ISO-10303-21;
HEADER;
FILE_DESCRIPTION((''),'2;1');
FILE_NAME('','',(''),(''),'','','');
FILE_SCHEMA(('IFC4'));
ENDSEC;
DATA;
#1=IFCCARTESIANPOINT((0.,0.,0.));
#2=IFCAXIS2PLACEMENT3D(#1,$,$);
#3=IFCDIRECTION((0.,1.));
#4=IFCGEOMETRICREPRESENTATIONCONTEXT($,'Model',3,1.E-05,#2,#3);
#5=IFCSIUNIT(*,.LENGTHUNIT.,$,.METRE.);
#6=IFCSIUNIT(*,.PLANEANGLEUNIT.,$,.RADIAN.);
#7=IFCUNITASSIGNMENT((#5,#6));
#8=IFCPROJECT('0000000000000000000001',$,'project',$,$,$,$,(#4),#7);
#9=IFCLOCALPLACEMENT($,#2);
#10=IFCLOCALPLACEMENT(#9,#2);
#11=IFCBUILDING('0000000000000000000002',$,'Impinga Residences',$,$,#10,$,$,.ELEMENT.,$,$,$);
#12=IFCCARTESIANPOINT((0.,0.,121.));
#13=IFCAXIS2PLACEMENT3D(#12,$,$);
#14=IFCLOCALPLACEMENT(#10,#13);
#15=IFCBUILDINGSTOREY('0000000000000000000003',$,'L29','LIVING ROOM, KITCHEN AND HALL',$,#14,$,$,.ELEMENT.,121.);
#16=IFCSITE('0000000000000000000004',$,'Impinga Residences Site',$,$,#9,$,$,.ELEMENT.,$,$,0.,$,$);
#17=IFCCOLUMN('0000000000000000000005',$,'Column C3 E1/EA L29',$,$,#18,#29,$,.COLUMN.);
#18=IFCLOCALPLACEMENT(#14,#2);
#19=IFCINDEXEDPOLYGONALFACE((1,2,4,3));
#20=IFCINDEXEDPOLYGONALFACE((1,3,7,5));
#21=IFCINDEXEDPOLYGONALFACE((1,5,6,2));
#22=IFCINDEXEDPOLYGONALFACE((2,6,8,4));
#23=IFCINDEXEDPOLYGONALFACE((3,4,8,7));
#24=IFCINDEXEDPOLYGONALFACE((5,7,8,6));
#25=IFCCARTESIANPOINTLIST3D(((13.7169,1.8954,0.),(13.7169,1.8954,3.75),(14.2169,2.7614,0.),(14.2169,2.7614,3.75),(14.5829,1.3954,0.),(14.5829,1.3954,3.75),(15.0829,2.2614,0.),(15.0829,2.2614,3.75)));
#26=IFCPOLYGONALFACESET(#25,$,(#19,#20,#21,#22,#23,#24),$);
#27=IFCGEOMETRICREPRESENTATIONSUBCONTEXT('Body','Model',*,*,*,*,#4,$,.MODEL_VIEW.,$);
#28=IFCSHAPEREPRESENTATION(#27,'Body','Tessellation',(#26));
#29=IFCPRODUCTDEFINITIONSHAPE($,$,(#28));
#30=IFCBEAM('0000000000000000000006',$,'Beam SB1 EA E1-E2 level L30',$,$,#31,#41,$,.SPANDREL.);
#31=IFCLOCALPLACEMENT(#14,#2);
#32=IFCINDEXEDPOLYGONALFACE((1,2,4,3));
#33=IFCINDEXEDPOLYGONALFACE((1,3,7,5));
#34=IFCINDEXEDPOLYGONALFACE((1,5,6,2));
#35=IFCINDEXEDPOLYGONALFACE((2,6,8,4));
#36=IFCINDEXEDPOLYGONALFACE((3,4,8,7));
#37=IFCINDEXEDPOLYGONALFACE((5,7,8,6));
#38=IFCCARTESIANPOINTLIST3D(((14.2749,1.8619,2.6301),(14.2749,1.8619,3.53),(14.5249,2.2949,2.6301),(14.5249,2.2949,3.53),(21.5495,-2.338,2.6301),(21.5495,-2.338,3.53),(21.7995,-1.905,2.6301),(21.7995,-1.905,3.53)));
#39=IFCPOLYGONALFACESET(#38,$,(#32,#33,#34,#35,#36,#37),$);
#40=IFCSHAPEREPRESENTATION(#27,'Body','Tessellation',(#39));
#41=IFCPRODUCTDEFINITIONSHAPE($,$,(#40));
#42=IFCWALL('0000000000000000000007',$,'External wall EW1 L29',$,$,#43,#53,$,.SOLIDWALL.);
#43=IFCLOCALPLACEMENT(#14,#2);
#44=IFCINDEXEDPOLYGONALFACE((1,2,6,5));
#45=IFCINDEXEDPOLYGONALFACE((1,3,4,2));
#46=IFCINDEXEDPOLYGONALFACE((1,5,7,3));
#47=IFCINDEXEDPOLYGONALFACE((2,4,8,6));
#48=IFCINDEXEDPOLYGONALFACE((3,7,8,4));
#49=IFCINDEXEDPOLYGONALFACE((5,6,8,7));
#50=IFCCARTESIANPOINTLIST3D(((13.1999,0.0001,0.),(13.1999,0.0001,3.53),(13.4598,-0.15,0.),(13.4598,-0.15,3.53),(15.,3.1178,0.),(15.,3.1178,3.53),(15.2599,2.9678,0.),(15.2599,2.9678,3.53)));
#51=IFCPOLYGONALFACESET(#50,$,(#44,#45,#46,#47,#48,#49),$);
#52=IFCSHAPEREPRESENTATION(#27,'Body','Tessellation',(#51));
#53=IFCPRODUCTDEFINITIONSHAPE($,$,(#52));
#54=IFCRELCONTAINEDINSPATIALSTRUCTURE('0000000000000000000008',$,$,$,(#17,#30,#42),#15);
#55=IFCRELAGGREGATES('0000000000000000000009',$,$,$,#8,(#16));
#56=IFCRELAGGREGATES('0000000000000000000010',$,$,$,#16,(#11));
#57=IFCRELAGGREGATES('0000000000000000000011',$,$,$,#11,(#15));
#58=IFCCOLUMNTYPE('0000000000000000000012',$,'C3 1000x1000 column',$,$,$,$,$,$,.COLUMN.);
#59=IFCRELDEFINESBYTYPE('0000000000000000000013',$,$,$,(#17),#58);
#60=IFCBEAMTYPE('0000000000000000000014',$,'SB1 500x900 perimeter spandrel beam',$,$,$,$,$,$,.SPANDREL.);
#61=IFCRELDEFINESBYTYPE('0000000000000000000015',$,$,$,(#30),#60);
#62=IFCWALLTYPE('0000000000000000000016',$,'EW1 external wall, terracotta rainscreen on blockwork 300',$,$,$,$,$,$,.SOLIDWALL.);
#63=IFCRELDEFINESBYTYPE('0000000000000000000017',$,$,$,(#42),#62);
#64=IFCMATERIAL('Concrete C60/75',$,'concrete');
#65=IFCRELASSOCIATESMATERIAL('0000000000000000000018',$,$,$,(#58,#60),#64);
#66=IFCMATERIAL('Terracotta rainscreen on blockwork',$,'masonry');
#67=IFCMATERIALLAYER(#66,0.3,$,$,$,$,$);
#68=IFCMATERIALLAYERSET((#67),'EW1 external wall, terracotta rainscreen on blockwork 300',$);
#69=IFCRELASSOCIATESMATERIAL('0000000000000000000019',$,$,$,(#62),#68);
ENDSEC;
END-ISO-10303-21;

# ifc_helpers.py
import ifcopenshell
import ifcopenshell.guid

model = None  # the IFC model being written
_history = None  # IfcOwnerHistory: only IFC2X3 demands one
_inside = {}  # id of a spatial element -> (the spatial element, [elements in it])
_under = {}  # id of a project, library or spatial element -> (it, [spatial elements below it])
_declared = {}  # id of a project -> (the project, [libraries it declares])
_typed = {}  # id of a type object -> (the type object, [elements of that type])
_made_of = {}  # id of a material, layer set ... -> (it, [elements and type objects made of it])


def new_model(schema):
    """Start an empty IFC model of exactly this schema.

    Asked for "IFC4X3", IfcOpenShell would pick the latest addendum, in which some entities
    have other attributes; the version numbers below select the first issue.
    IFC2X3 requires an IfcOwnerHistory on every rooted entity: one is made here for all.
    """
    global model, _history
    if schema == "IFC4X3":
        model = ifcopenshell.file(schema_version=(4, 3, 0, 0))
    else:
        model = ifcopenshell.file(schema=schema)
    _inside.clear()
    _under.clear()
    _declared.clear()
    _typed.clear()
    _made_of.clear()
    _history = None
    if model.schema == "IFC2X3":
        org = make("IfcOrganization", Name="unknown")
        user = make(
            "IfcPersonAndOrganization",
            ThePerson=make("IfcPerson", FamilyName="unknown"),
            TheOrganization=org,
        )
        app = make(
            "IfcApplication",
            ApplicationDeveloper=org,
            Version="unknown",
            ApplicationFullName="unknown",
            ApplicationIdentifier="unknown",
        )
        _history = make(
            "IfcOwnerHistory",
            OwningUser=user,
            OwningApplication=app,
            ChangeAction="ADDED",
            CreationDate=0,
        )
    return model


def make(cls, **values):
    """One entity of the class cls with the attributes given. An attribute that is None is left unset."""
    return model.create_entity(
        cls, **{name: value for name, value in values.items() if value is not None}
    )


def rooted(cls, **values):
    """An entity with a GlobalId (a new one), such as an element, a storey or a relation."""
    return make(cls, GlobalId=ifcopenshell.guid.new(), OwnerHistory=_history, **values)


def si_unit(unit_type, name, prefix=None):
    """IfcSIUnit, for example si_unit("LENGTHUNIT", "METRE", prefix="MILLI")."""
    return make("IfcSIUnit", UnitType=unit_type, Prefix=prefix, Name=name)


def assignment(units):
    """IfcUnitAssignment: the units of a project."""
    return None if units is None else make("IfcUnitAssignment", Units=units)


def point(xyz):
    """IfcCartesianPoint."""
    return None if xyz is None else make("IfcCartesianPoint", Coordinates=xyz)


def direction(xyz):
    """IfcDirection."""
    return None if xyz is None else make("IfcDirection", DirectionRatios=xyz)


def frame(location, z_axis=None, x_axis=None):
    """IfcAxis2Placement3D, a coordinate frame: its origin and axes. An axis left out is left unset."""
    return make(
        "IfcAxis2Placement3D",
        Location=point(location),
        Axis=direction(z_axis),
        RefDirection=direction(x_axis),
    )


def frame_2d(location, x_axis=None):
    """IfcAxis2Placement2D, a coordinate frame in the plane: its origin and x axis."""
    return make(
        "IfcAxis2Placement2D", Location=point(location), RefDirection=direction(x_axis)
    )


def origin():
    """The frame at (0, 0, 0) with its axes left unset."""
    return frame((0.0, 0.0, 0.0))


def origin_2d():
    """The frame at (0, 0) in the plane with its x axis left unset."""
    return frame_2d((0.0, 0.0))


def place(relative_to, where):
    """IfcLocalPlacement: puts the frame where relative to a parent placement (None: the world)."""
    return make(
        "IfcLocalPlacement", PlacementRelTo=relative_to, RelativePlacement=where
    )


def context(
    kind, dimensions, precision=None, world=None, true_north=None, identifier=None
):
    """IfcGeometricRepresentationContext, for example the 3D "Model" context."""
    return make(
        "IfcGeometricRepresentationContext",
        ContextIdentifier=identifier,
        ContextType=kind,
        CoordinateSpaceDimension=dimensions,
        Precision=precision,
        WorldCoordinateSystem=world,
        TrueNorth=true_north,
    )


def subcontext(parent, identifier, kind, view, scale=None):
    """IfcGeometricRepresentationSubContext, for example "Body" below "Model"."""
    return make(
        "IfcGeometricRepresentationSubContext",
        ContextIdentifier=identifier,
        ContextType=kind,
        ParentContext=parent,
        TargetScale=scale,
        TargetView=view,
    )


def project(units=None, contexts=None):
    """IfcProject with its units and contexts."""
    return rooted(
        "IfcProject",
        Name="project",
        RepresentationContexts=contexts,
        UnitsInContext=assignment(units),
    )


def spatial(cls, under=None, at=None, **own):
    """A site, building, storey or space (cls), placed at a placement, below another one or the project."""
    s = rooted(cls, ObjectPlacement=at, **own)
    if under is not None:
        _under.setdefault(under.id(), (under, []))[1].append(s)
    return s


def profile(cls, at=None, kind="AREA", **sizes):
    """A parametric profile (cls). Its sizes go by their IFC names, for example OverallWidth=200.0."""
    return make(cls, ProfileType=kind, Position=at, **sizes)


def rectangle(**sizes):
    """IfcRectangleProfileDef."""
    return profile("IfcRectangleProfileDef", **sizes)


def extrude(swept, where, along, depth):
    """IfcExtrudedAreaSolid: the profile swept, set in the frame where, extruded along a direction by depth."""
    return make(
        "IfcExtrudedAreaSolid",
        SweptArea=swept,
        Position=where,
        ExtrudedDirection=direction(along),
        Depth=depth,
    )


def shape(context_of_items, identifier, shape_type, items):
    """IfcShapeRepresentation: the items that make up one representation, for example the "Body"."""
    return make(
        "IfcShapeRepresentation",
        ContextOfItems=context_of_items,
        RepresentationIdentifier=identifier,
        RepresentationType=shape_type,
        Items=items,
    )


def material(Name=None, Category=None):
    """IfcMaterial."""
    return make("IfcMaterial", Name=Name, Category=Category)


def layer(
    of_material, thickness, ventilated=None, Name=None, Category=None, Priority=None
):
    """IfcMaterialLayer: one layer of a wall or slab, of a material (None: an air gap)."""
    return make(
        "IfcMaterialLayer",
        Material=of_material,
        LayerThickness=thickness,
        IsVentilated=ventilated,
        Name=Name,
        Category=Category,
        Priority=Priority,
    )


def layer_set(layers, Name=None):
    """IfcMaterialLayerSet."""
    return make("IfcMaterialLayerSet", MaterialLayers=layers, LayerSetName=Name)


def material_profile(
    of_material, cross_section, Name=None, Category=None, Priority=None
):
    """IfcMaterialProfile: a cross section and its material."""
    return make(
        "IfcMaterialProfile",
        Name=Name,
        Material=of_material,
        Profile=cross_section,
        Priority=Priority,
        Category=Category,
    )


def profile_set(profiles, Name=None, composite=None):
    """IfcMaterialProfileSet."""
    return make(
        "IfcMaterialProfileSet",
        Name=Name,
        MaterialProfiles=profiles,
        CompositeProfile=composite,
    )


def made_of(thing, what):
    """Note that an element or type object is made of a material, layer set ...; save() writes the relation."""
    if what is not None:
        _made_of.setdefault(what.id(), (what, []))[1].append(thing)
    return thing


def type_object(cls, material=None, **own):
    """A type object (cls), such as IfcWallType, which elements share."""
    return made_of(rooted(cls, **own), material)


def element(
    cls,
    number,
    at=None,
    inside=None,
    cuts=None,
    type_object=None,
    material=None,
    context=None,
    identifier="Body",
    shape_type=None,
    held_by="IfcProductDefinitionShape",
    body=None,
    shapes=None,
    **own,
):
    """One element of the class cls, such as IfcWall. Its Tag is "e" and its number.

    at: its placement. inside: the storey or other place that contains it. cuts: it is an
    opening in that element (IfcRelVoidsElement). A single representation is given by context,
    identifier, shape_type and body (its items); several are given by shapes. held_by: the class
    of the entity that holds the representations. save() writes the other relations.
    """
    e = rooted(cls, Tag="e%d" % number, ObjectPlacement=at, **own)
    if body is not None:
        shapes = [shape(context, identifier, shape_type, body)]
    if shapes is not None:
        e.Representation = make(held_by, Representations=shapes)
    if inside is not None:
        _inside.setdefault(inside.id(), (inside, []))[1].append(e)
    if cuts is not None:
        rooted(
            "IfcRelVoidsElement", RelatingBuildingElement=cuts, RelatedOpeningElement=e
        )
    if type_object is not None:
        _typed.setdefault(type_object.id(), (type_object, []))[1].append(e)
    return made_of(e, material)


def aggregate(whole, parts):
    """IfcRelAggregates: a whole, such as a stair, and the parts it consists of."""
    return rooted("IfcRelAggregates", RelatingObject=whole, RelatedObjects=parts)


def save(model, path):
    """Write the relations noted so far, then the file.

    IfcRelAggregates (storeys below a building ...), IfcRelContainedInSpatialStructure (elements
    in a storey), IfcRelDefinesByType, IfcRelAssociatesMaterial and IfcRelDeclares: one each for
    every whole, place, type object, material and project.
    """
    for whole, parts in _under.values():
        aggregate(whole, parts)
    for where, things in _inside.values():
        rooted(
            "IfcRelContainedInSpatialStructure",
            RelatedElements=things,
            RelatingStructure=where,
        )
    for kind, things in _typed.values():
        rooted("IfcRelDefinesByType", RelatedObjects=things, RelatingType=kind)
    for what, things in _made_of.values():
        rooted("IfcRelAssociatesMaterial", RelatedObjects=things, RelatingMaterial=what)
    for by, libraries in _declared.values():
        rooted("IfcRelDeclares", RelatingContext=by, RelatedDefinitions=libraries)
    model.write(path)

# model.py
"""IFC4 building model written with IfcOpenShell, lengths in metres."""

from ifc_helpers import new_model, si_unit, direction, frame, frame_2d, origin, origin_2d, place, context, subcontext, project, spatial, rectangle, extrude, material, layer, layer_set, material_profile, profile_set, type_object, element, save


model = new_model("IFC4")

# Units and contexts
model_context = context("Model", 3, precision=1e-05, world=origin(), true_north=direction((0.0, 1.0)))
body_context = subcontext(model_context, "Body", "Model", "MODEL_VIEW")
ifc_project = project(units=[si_unit("LENGTHUNIT", "METRE"), si_unit("PLANEANGLEUNIT", "RADIAN")], contexts=[model_context])

# Site, building, storey
site_placement = place(None, origin())
site = spatial("IfcSite", under=ifc_project, at=site_placement, Name="Impinga Residences Site", CompositionType="ELEMENT", RefElevation=0.0)
building_placement = place(site_placement, origin())
building = spatial("IfcBuilding", under=site, at=building_placement, Name="Impinga Residences", CompositionType="ELEMENT")
storey_placement = place(building_placement, frame((0.0, 0.0, 121.0)))
storey = spatial("IfcBuildingStorey", under=building, at=storey_placement, Name="L29", Description="LIVING ROOM, KITCHEN AND HALL", CompositionType="ELEMENT", Elevation=121.0)

# Column
ifc_material_1 = material(Name="Concrete C60/75", Category="concrete")
ifc_material_profile_1 = material_profile(ifc_material_1, rectangle(XDim=1.0, YDim=1.0, at=origin_2d()), Name="RC 1000x1000")
ifc_profile_set_1 = profile_set([ifc_material_profile_1], Name="Concrete C60/75")
column_type = type_object("IfcColumnType", Name="C3 1000x1000 column", PredefinedType="COLUMN", material=ifc_profile_set_1)
column_placement = place(storey_placement, frame((14.3999, 2.0784, 0.0), z_axis=(0.0, 0.0, 1.0), x_axis=(-0.5, -0.866025, 0.0)))
element("IfcColumn", 1, at=column_placement, inside=storey, type_object=column_type, Name="Column C3 E1/EA L29", PredefinedType="COLUMN", context=body_context, shape_type="SweptSolid", body=[
    extrude(rectangle(XDim=1.0, YDim=1.0, at=origin_2d()), origin(), (0.0, 0.0, 1.0), 3.75),
])

# Beam
ifc_material_profile_2 = material_profile(ifc_material_1, rectangle(XDim=0.5, YDim=0.8999, at=origin_2d()), Name="RC 500x900")
ifc_profile_set_2 = profile_set([ifc_material_profile_2], Name="Concrete C60/75")
beam_type = type_object("IfcBeamType", Name="SB1 500x900 perimeter spandrel beam", PredefinedType="SPANDREL", material=ifc_profile_set_2)
beam_placement = place(storey_placement, frame((14.3999, 2.0784, 3.0801), z_axis=(0.866029, -0.499993, 0.0), x_axis=(0.499993, 0.866029, 0.0)))
element("IfcBeam", 2, at=beam_placement, inside=storey, type_object=beam_type, Name="Beam SB1 EA E1-E2 level L30", PredefinedType="SPANDREL", context=body_context, shape_type="SweptSolid", body=[
    extrude(rectangle(XDim=0.5, YDim=0.8999, at=origin_2d()), origin(), (0.0, 0.0, 1.0), 8.3999),
])

# Wall
ifc_material_2 = material(Name="Terracotta rainscreen on blockwork", Category="masonry")
ifc_layer_1 = layer(ifc_material_2, 0.3)
ifc_layer_set_1 = layer_set([ifc_layer_1], Name="EW1 external wall, terracotta rainscreen on blockwork 300")
wall_type_1 = type_object("IfcWallType", Name="EW1 external wall, terracotta rainscreen on blockwork 300", PredefinedType="SOLIDWALL", material=ifc_layer_set_1)
wall_1_placement = place(storey_placement, frame((13.3298, -0.075, 0.0), z_axis=(0.0, 0.0, 1.0), x_axis=(0.500012, 0.866018, 0.0)))
element("IfcWall", 3, at=wall_1_placement, inside=storey, type_object=wall_type_1, Name="External wall EW1 L29", PredefinedType="SOLIDWALL", context=body_context, shape_type="SweptSolid", body=[
    extrude(rectangle(XDim=3.6001, YDim=0.3, at=frame_2d((1.8, 0.0))), origin(), (0.0, 0.0, 1.0), 3.53),
])

save(model, "model.ifc")
